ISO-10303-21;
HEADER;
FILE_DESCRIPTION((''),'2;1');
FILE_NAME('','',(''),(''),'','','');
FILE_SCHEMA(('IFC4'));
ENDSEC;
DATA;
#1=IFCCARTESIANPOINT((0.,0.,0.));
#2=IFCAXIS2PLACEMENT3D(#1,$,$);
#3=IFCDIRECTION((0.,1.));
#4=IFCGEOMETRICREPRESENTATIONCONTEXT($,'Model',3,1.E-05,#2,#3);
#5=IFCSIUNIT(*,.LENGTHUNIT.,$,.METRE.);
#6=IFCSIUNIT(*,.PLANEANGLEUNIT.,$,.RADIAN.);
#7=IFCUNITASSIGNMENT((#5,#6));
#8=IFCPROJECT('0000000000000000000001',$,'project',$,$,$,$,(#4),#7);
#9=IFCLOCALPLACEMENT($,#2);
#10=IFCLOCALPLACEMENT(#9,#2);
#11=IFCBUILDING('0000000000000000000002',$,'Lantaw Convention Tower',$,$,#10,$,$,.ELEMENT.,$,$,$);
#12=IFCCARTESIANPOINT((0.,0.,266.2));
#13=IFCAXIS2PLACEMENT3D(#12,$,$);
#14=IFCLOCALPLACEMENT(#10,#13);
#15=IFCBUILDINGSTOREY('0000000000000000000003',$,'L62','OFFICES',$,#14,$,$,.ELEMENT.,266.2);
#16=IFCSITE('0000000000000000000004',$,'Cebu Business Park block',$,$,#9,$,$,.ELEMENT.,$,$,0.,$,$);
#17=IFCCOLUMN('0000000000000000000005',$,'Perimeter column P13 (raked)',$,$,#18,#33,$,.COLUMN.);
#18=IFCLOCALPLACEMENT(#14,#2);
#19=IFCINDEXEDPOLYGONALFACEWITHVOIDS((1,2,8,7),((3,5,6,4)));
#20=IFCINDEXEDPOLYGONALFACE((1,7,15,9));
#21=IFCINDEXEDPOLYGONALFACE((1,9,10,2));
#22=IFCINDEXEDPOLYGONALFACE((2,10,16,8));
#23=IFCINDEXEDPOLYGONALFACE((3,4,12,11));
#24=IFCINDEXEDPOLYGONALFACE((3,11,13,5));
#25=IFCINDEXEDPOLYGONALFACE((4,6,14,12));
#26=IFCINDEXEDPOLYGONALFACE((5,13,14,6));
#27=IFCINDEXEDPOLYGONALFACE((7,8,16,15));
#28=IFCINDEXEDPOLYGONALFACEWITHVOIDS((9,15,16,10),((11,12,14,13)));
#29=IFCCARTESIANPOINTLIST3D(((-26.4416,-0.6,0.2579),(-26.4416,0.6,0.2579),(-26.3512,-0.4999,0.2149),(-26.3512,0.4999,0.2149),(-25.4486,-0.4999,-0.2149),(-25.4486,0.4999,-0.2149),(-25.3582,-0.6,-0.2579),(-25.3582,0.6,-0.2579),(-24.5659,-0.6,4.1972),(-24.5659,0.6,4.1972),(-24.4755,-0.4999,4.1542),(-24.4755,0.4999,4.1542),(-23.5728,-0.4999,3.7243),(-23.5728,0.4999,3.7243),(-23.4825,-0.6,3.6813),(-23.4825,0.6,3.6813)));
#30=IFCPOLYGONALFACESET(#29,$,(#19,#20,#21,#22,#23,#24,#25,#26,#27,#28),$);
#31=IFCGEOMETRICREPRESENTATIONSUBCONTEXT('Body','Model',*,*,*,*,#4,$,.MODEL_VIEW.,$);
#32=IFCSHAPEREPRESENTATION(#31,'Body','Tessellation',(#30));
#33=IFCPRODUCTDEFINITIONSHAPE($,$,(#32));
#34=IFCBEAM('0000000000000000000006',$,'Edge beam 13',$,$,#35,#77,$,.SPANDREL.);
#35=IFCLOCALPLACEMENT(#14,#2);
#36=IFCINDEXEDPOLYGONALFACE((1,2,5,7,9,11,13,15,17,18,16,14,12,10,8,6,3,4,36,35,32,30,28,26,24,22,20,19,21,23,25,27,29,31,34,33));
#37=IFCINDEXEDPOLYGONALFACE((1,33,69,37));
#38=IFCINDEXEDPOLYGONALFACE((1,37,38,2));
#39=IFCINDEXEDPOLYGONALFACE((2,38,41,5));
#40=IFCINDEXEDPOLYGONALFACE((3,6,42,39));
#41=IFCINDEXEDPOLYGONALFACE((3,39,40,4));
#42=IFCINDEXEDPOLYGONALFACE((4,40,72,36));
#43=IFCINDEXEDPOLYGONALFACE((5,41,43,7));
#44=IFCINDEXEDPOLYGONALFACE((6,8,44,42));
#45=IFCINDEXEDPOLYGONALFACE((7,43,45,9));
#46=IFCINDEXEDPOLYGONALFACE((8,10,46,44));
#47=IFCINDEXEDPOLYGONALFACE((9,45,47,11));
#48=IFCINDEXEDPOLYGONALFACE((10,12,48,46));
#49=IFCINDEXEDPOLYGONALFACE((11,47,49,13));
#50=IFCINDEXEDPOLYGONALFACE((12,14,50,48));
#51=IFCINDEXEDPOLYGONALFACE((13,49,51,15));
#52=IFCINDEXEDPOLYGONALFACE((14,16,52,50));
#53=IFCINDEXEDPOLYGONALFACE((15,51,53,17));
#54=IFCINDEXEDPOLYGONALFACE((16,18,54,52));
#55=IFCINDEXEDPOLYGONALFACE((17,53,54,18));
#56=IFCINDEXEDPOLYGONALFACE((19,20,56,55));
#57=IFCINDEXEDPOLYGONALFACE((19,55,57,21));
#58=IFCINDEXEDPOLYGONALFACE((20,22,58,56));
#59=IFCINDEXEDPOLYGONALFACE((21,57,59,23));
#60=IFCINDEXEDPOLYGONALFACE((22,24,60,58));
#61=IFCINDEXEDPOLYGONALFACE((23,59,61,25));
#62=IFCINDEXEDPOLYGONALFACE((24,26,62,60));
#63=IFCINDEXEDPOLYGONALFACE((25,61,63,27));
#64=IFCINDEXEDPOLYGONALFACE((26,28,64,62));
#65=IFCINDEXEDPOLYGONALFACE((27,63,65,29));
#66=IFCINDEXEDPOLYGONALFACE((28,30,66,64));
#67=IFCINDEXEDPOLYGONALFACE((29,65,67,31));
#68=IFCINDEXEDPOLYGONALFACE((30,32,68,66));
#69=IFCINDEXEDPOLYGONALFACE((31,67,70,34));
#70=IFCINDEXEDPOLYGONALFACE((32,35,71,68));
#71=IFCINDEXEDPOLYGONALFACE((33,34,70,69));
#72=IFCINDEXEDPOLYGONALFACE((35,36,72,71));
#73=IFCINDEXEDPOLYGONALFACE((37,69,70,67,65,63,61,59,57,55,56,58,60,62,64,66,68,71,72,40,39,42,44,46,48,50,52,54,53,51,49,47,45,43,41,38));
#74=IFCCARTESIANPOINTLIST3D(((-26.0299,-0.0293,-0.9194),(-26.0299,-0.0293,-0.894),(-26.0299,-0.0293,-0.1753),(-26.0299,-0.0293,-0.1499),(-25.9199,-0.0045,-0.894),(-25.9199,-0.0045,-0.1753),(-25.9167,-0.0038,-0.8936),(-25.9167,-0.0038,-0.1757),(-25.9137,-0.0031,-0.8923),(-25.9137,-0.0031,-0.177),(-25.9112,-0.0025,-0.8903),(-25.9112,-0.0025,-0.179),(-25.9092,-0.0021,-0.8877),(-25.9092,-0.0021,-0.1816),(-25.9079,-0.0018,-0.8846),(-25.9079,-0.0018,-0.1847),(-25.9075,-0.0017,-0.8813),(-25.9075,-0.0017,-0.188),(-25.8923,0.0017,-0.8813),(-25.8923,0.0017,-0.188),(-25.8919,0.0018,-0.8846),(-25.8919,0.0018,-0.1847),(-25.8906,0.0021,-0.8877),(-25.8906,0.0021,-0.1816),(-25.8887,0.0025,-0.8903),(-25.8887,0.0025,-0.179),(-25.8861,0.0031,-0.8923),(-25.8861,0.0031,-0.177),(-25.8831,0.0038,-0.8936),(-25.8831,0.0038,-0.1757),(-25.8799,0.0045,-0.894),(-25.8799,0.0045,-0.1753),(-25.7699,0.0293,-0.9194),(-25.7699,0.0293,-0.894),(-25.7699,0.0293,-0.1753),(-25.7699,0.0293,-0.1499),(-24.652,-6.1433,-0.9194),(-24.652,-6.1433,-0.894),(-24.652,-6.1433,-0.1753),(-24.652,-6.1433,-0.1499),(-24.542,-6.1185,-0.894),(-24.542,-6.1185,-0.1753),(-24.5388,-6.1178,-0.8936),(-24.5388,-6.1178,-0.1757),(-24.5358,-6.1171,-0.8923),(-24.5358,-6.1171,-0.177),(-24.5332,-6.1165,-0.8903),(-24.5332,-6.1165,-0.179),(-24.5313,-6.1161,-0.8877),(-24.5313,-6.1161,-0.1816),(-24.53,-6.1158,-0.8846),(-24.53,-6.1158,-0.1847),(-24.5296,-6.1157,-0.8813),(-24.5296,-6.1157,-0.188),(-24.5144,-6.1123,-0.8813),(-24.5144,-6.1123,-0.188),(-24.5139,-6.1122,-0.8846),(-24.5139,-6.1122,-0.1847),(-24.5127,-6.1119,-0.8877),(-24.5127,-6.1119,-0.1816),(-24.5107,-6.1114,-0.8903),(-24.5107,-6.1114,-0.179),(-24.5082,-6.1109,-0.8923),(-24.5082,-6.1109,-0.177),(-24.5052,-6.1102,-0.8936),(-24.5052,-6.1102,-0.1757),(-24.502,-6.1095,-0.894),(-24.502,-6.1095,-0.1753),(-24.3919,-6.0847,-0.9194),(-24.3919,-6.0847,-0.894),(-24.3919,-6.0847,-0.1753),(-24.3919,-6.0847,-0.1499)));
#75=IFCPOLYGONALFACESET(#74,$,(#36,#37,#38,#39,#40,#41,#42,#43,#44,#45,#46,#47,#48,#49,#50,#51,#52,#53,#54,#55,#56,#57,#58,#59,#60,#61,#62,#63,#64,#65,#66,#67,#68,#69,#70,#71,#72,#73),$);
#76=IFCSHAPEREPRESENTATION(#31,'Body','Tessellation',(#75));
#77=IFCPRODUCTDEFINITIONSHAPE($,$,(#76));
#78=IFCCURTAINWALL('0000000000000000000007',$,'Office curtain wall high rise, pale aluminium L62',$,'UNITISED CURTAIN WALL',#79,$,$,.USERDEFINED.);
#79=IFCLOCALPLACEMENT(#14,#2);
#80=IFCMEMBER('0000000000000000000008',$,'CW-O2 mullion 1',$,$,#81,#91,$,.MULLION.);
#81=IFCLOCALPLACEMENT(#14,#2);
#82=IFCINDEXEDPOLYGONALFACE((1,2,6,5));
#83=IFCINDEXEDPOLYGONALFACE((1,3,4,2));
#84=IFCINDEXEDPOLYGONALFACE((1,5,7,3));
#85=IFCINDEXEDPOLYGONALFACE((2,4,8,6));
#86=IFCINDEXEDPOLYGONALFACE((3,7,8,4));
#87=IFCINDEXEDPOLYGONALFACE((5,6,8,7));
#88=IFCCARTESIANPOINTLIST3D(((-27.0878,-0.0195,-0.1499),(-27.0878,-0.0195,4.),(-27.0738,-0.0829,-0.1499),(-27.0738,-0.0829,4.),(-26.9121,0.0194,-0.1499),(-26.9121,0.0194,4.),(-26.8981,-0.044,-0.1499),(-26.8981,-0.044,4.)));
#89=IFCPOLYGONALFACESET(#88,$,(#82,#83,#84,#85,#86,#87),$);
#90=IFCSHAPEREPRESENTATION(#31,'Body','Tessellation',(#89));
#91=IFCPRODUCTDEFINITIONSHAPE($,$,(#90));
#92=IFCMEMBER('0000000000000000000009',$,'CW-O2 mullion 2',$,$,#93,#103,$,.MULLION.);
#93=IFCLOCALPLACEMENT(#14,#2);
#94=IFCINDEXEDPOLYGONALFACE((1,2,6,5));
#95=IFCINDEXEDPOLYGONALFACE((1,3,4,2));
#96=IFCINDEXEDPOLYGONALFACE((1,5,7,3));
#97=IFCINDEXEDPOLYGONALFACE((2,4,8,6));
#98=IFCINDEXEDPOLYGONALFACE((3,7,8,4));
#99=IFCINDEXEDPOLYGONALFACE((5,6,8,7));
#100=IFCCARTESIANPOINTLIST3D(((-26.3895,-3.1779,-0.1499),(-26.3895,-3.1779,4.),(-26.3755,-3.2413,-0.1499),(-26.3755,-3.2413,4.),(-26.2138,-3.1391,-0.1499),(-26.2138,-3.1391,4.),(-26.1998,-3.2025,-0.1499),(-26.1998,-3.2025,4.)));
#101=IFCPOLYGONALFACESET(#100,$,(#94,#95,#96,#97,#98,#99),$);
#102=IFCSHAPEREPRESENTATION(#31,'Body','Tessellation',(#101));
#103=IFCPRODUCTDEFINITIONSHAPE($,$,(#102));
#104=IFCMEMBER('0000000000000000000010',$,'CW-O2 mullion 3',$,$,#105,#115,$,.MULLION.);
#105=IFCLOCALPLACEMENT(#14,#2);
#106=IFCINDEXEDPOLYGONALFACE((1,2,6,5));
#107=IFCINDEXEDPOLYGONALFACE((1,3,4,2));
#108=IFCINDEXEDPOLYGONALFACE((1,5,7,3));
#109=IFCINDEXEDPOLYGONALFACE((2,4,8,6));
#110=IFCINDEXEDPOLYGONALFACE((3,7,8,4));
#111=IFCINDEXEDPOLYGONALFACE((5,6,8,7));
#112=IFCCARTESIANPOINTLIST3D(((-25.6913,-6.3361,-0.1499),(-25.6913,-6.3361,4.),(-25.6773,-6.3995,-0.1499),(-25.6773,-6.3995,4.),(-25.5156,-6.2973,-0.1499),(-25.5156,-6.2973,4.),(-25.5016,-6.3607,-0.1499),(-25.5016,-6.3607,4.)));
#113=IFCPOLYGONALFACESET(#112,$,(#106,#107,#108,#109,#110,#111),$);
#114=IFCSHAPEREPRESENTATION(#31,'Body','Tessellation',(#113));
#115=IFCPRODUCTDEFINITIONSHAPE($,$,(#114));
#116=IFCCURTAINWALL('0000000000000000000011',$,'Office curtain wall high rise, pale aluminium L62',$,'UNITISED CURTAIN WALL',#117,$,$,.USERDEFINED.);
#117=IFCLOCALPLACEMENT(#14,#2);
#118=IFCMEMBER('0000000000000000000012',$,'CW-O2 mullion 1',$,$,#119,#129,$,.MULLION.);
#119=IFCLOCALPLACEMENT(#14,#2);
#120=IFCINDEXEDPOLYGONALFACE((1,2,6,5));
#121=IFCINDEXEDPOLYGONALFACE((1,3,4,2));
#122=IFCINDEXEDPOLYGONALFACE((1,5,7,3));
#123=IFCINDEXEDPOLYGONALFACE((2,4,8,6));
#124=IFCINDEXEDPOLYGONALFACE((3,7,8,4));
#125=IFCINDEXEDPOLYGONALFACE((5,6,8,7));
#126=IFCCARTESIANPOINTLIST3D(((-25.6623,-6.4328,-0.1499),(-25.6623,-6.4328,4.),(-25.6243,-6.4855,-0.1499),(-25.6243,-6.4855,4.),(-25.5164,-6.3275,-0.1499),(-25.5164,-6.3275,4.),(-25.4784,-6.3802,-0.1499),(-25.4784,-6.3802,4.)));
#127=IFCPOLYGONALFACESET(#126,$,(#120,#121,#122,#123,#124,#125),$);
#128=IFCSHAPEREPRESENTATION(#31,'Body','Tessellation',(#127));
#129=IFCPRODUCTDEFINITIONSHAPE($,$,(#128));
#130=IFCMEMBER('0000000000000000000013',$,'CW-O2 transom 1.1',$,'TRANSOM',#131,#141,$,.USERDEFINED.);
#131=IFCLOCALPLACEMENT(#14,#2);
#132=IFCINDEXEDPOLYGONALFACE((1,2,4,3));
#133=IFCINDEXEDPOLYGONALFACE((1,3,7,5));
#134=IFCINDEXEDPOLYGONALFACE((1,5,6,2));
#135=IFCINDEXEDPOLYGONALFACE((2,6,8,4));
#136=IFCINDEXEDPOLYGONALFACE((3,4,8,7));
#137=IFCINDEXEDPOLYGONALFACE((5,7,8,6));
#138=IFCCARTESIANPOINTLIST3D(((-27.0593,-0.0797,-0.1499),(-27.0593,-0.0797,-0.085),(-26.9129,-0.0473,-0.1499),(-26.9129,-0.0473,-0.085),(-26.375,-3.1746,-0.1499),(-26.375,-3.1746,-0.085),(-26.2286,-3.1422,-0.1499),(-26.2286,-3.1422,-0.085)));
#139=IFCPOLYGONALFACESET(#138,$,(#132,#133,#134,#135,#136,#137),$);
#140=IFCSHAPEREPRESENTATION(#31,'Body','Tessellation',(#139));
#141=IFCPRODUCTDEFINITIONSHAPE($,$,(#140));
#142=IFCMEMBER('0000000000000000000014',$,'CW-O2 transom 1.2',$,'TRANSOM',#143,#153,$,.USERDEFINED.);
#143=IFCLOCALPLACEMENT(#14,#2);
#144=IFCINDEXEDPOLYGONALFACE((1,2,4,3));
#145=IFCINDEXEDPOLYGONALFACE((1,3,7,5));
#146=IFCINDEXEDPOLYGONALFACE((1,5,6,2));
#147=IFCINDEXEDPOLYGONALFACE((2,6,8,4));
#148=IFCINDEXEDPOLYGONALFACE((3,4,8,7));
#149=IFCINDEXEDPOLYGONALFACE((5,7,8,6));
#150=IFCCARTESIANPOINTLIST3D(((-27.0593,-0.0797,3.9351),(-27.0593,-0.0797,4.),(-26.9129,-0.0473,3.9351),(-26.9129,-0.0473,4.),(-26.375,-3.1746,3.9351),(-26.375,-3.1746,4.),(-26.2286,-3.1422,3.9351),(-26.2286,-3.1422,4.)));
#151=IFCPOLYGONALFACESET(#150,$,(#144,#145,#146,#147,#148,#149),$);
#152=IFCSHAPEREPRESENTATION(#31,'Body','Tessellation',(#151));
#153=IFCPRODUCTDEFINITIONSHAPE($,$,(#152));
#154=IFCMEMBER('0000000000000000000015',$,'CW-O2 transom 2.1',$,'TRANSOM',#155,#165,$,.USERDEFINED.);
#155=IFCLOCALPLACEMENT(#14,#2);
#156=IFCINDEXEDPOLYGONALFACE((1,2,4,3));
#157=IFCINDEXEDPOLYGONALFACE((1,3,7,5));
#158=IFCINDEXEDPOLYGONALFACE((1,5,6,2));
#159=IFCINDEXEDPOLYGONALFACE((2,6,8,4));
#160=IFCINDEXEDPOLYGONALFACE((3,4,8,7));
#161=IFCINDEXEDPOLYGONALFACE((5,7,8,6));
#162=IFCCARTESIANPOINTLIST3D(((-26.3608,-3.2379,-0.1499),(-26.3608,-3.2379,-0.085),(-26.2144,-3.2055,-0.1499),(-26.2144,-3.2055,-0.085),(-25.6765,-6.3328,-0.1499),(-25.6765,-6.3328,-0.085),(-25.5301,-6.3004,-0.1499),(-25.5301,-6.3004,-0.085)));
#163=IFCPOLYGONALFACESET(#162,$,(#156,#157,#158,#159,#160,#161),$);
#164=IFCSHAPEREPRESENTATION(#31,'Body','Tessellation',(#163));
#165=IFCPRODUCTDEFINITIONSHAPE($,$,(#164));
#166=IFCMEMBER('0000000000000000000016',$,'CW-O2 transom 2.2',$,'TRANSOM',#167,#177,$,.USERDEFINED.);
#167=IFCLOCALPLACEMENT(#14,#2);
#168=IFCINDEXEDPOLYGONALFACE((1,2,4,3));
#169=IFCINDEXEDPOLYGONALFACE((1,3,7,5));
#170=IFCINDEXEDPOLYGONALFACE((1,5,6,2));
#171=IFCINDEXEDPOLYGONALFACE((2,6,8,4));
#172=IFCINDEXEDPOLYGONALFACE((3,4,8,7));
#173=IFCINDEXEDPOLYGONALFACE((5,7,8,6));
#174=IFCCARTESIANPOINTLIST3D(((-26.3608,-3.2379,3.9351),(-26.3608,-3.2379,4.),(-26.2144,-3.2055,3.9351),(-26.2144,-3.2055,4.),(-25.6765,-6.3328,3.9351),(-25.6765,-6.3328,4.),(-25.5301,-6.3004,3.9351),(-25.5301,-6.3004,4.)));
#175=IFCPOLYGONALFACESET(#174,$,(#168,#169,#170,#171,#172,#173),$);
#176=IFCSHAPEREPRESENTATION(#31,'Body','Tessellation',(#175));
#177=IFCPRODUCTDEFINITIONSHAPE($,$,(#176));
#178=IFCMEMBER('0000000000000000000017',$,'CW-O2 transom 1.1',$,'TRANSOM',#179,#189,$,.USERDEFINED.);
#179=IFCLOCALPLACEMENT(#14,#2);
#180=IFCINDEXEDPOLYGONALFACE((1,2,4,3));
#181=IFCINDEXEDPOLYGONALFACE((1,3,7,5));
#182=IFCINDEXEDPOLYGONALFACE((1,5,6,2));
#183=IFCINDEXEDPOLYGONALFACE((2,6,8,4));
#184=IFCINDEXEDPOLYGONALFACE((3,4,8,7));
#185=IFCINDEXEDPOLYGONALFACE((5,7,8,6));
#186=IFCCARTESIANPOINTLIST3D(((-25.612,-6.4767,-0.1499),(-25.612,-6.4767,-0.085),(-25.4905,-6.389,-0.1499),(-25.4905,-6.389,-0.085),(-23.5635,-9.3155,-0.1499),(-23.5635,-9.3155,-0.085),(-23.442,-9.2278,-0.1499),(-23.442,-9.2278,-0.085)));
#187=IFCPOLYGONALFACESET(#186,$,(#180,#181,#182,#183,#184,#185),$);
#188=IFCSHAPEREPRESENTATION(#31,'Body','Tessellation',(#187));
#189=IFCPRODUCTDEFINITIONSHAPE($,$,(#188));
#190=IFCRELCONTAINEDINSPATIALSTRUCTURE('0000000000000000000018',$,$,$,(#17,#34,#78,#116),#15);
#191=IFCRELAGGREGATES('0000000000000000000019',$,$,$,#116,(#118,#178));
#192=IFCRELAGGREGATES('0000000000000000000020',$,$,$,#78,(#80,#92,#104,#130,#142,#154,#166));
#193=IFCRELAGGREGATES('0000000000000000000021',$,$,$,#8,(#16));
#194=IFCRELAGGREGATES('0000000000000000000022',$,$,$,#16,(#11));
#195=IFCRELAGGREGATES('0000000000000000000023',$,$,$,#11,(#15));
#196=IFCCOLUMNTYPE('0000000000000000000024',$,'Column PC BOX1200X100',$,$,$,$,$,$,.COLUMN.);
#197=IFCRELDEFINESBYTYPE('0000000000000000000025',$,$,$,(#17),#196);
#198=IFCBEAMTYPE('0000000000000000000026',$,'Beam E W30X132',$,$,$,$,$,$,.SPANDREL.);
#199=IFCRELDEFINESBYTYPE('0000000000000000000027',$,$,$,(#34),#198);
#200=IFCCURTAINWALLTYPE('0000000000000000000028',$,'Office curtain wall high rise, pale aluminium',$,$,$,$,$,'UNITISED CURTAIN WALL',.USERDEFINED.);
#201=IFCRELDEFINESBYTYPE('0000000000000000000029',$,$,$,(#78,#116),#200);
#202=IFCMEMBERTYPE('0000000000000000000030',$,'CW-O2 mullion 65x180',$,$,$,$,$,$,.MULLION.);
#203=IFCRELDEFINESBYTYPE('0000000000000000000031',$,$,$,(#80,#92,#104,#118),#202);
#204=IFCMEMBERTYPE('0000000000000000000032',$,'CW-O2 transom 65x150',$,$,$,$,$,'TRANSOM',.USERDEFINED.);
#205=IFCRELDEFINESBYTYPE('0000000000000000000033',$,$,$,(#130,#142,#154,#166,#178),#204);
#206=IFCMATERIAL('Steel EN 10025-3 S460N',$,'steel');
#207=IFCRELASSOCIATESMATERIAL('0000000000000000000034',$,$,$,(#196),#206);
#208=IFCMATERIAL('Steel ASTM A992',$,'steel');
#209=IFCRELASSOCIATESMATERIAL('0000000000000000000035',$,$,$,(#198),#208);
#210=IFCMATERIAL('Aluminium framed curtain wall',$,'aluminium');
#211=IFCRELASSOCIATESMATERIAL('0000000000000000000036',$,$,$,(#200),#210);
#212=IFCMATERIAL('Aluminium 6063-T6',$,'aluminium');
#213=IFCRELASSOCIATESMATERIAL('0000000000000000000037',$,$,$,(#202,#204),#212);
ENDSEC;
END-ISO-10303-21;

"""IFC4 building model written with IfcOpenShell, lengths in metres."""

from ifc_helpers import new_model, si_unit, direction, frame, origin, origin_2d, place, context, subcontext, project, spatial, rectangle, hollow_rectangle, i_section, extrude, material, material_profile, profile_set, type_object, element, aggregate, save


model = new_model("IFC4")

# Units and contexts
model_context = context("Model", 3, precision=1e-05, world=origin(), true_north=direction((0.0, 1.0)))
body_context = subcontext(model_context, "Body", "Model", "MODEL_VIEW")
ifc_project = project(units=[si_unit("LENGTHUNIT", "METRE"), si_unit("PLANEANGLEUNIT", "RADIAN")], contexts=[model_context])

# Site, building, storey
site_placement = place(None, origin())
site = spatial("IfcSite", under=ifc_project, at=site_placement, Name="Cebu Business Park block", CompositionType="ELEMENT", RefElevation=0.0)
building_placement = place(site_placement, origin())
building = spatial("IfcBuilding", under=site, at=building_placement, Name="Lantaw Convention Tower", CompositionType="ELEMENT")
storey_placement = place(building_placement, frame((0.0, 0.0, 266.2)))
storey = spatial("IfcBuildingStorey", under=building, at=storey_placement, Name="L62", Description="OFFICES", CompositionType="ELEMENT", Elevation=266.2)

# Column
ifc_material_1 = material(Name="Steel EN 10025-3 S460N", Category="steel")
ifc_material_profile_1 = material_profile(ifc_material_1, hollow_rectangle(XDim=1.2, YDim=1.2, WallThickness=0.1001, at=origin_2d()), Name="BOX1200X100")
ifc_material_2 = material(Name="Concrete C60/75", Category="concrete")
ifc_material_profile_2 = material_profile(ifc_material_2, rectangle(XDim=1.0, YDim=1.0, at=origin_2d()), Name="Concrete fill of BOX1200X100")
ifc_profile_set_1 = profile_set([ifc_material_profile_1, ifc_material_profile_2], Name="Steel EN 10025-3 S460N")
column_type = type_object("IfcColumnType", Name="Column PC BOX1200X100", PredefinedType="COLUMN", material=ifc_profile_set_1)
column_placement = place(storey_placement, frame((-25.8999, 0.0, 0.0), z_axis=(0.429918, 0.0, 0.902868), x_axis=(0.0, 1.0, 0.0)))
element("IfcColumn", 1, at=column_placement, inside=storey, type_object=column_type, Name="Perimeter column P13 (raked)", PredefinedType="COLUMN", context=body_context, shape_type="SweptSolid", body=[
    extrude(hollow_rectangle(XDim=1.2, YDim=1.2, WallThickness=0.1001, at=origin_2d()), origin(), (0.0, 0.0, 1.0), 4.363),
])

# Beam
ifc_material_3 = material(Name="Steel ASTM A992", Category="steel")
ifc_material_profile_3 = material_profile(ifc_material_3, i_section(OverallWidth=0.2666, OverallDepth=0.7695, WebThickness=0.0156, FlangeThickness=0.0254, FilletRadius=0.0127, at=origin_2d()), Name="W30X132")
ifc_profile_set_2 = profile_set([ifc_material_profile_3], Name="Steel ASTM A992")
beam_type = type_object("IfcBeamType", Name="Beam E W30X132", PredefinedType="SPANDREL", material=ifc_profile_set_2)
beam_placement = place(storey_placement, frame((-25.8999, 0.0, -0.5347), z_axis=(0.219858, -0.975532, 0.0), x_axis=(0.975532, 0.219858, 0.0)))
element("IfcBeam", 2, at=beam_placement, inside=storey, type_object=beam_type, Name="Edge beam 13", PredefinedType="SPANDREL", context=body_context, shape_type="SweptSolid", body=[
    extrude(i_section(OverallWidth=0.2666, OverallDepth=0.7695, WebThickness=0.0156, FlangeThickness=0.0254, FilletRadius=0.0127, at=origin_2d()), origin(), (0.0, 0.0, 1.0), 6.2673),
])

# Curtain wall, members
ifc_material_4 = material(Name="Aluminium framed curtain wall", Category="aluminium")
curtain_wall_type = type_object("IfcCurtainWallType", Name="Office curtain wall high rise, pale aluminium", ElementType="UNITISED CURTAIN WALL", PredefinedType="USERDEFINED", material=ifc_material_4)
curtain_wall_1_placement = place(storey_placement, origin())
curtain_wall_1 = element("IfcCurtainWall", 3, at=curtain_wall_1_placement, inside=storey, type_object=curtain_wall_type, Name="Office curtain wall high rise, pale aluminium L62", ObjectType="UNITISED CURTAIN WALL", PredefinedType="USERDEFINED")
ifc_material_5 = material(Name="Aluminium 6063-T6", Category="aluminium")
ifc_material_profile_4 = material_profile(ifc_material_5, rectangle(XDim=0.1799, YDim=0.0649, at=origin_2d()), Name="CW-O2 mullion 65x180")
ifc_profile_set_3 = profile_set([ifc_material_profile_4], Name="Aluminium 6063-T6")
member_type_1 = type_object("IfcMemberType", Name="CW-O2 mullion 65x180", PredefinedType="MULLION", material=ifc_profile_set_3)
member_1_placement = place(storey_placement, frame((-26.9929, -0.0317, -0.1499), z_axis=(0.0, 0.0, 1.0), x_axis=(0.976417, 0.215891, 0.0)))
member_1 = element("IfcMember", 4, at=member_1_placement, type_object=member_type_1, Name="CW-O2 mullion 1", PredefinedType="MULLION", context=body_context, shape_type="SweptSolid", body=[
    extrude(rectangle(XDim=0.1799, YDim=0.0649, at=origin_2d()), origin(), (0.0, 0.0, 1.0), 4.1499),
])
member_2_placement = place(storey_placement, frame((-26.2947, -3.1902, -0.1499), z_axis=(0.0, 0.0, 1.0), x_axis=(0.976417, 0.215891, 0.0)))
member_2 = element("IfcMember", 5, at=member_2_placement, type_object=member_type_1, Name="CW-O2 mullion 2", PredefinedType="MULLION", context=body_context, shape_type="SweptSolid", body=[
    extrude(rectangle(XDim=0.1799, YDim=0.0649, at=origin_2d()), origin(), (0.0, 0.0, 1.0), 4.1499),
])
member_3_placement = place(storey_placement, frame((-25.5964, -6.3484, -0.1499), z_axis=(0.0, 0.0, 1.0), x_axis=(0.976417, 0.215891, 0.0)))
member_3 = element("IfcMember", 6, at=member_3_placement, type_object=member_type_1, Name="CW-O2 mullion 3", PredefinedType="MULLION", context=body_context, shape_type="SweptSolid", body=[
    extrude(rectangle(XDim=0.1799, YDim=0.0649, at=origin_2d()), origin(), (0.0, 0.0, 1.0), 4.1499),
])

# Curtain wall, member
curtain_wall_2_placement = place(storey_placement, origin())
curtain_wall_2 = element("IfcCurtainWall", 7, at=curtain_wall_2_placement, inside=storey, type_object=curtain_wall_type, Name="Office curtain wall high rise, pale aluminium L62", ObjectType="UNITISED CURTAIN WALL", PredefinedType="USERDEFINED")
member_4_placement = place(storey_placement, frame((-25.5703, -6.4065, -0.1499), z_axis=(0.0, 0.0, 1.0), x_axis=(0.81092, 0.585158, 0.0)))
member_4 = element("IfcMember", 8, at=member_4_placement, type_object=member_type_1, Name="CW-O2 mullion 1", PredefinedType="MULLION", context=body_context, shape_type="SweptSolid", body=[
    extrude(rectangle(XDim=0.1799, YDim=0.0649, at=origin_2d()), origin(), (0.0, 0.0, 1.0), 4.1499),
])

# Members
ifc_material_profile_5 = material_profile(ifc_material_5, rectangle(XDim=0.1499, YDim=0.0649, at=origin_2d()), Name="CW-O2 transom 65x150")
ifc_profile_set_4 = profile_set([ifc_material_profile_5], Name="Aluminium 6063-T6")
member_type_2 = type_object("IfcMemberType", Name="CW-O2 transom 65x150", ElementType="TRANSOM", PredefinedType="USERDEFINED", material=ifc_profile_set_4)
member_5_placement = place(storey_placement, frame((-26.9861, -0.0635, -0.1174), z_axis=(0.215895, -0.976417, 0.0), x_axis=(0.976417, 0.215895, 0.0)))
member_5 = element("IfcMember", 9, at=member_5_placement, type_object=member_type_2, Name="CW-O2 transom 1.1", ObjectType="TRANSOM", PredefinedType="USERDEFINED", context=body_context, shape_type="SweptSolid", body=[
    extrude(rectangle(XDim=0.1499, YDim=0.0649, at=origin_2d()), origin(), (0.0, 0.0, 1.0), 3.1697),
])
member_6_placement = place(storey_placement, frame((-26.9861, -0.0635, 3.9675), z_axis=(0.215895, -0.976417, 0.0), x_axis=(0.976417, 0.215895, 0.0)))
member_6 = element("IfcMember", 10, at=member_6_placement, type_object=member_type_2, Name="CW-O2 transom 1.2", ObjectType="TRANSOM", PredefinedType="USERDEFINED", context=body_context, shape_type="SweptSolid", body=[
    extrude(rectangle(XDim=0.1499, YDim=0.0649, at=origin_2d()), origin(), (0.0, 0.0, 1.0), 3.1697),
])
member_7_placement = place(storey_placement, frame((-26.2876, -3.2217, -0.1174), z_axis=(0.215895, -0.976417, 0.0), x_axis=(0.976417, 0.215895, 0.0)))
member_7 = element("IfcMember", 11, at=member_7_placement, type_object=member_type_2, Name="CW-O2 transom 2.1", ObjectType="TRANSOM", PredefinedType="USERDEFINED", context=body_context, shape_type="SweptSolid", body=[
    extrude(rectangle(XDim=0.1499, YDim=0.0649, at=origin_2d()), origin(), (0.0, 0.0, 1.0), 3.1697),
])
member_8_placement = place(storey_placement, frame((-26.2876, -3.2217, 3.9675), z_axis=(0.215895, -0.976417, 0.0), x_axis=(0.976417, 0.215895, 0.0)))
member_8 = element("IfcMember", 12, at=member_8_placement, type_object=member_type_2, Name="CW-O2 transom 2.2", ObjectType="TRANSOM", PredefinedType="USERDEFINED", context=body_context, shape_type="SweptSolid", body=[
    extrude(rectangle(XDim=0.1499, YDim=0.0649, at=origin_2d()), origin(), (0.0, 0.0, 1.0), 3.1697),
])
member_9_placement = place(storey_placement, frame((-25.5513, -6.4329, -0.1174), z_axis=(0.58517, -0.810911, 0.0), x_axis=(0.810911, 0.58517, 0.0)))
member_9 = element("IfcMember", 13, at=member_9_placement, type_object=member_type_2, Name="CW-O2 transom 1.1", ObjectType="TRANSOM", PredefinedType="USERDEFINED", context=body_context, shape_type="SweptSolid", body=[
    extrude(rectangle(XDim=0.1499, YDim=0.0649, at=origin_2d()), origin(), (0.0, 0.0, 1.0), 3.5007),
])
aggregate(curtain_wall_2, [member_4, member_9])

aggregate(curtain_wall_1, [member_1, member_2, member_3, member_5, member_6, member_7, member_8])

save(model, "model.ifc")
